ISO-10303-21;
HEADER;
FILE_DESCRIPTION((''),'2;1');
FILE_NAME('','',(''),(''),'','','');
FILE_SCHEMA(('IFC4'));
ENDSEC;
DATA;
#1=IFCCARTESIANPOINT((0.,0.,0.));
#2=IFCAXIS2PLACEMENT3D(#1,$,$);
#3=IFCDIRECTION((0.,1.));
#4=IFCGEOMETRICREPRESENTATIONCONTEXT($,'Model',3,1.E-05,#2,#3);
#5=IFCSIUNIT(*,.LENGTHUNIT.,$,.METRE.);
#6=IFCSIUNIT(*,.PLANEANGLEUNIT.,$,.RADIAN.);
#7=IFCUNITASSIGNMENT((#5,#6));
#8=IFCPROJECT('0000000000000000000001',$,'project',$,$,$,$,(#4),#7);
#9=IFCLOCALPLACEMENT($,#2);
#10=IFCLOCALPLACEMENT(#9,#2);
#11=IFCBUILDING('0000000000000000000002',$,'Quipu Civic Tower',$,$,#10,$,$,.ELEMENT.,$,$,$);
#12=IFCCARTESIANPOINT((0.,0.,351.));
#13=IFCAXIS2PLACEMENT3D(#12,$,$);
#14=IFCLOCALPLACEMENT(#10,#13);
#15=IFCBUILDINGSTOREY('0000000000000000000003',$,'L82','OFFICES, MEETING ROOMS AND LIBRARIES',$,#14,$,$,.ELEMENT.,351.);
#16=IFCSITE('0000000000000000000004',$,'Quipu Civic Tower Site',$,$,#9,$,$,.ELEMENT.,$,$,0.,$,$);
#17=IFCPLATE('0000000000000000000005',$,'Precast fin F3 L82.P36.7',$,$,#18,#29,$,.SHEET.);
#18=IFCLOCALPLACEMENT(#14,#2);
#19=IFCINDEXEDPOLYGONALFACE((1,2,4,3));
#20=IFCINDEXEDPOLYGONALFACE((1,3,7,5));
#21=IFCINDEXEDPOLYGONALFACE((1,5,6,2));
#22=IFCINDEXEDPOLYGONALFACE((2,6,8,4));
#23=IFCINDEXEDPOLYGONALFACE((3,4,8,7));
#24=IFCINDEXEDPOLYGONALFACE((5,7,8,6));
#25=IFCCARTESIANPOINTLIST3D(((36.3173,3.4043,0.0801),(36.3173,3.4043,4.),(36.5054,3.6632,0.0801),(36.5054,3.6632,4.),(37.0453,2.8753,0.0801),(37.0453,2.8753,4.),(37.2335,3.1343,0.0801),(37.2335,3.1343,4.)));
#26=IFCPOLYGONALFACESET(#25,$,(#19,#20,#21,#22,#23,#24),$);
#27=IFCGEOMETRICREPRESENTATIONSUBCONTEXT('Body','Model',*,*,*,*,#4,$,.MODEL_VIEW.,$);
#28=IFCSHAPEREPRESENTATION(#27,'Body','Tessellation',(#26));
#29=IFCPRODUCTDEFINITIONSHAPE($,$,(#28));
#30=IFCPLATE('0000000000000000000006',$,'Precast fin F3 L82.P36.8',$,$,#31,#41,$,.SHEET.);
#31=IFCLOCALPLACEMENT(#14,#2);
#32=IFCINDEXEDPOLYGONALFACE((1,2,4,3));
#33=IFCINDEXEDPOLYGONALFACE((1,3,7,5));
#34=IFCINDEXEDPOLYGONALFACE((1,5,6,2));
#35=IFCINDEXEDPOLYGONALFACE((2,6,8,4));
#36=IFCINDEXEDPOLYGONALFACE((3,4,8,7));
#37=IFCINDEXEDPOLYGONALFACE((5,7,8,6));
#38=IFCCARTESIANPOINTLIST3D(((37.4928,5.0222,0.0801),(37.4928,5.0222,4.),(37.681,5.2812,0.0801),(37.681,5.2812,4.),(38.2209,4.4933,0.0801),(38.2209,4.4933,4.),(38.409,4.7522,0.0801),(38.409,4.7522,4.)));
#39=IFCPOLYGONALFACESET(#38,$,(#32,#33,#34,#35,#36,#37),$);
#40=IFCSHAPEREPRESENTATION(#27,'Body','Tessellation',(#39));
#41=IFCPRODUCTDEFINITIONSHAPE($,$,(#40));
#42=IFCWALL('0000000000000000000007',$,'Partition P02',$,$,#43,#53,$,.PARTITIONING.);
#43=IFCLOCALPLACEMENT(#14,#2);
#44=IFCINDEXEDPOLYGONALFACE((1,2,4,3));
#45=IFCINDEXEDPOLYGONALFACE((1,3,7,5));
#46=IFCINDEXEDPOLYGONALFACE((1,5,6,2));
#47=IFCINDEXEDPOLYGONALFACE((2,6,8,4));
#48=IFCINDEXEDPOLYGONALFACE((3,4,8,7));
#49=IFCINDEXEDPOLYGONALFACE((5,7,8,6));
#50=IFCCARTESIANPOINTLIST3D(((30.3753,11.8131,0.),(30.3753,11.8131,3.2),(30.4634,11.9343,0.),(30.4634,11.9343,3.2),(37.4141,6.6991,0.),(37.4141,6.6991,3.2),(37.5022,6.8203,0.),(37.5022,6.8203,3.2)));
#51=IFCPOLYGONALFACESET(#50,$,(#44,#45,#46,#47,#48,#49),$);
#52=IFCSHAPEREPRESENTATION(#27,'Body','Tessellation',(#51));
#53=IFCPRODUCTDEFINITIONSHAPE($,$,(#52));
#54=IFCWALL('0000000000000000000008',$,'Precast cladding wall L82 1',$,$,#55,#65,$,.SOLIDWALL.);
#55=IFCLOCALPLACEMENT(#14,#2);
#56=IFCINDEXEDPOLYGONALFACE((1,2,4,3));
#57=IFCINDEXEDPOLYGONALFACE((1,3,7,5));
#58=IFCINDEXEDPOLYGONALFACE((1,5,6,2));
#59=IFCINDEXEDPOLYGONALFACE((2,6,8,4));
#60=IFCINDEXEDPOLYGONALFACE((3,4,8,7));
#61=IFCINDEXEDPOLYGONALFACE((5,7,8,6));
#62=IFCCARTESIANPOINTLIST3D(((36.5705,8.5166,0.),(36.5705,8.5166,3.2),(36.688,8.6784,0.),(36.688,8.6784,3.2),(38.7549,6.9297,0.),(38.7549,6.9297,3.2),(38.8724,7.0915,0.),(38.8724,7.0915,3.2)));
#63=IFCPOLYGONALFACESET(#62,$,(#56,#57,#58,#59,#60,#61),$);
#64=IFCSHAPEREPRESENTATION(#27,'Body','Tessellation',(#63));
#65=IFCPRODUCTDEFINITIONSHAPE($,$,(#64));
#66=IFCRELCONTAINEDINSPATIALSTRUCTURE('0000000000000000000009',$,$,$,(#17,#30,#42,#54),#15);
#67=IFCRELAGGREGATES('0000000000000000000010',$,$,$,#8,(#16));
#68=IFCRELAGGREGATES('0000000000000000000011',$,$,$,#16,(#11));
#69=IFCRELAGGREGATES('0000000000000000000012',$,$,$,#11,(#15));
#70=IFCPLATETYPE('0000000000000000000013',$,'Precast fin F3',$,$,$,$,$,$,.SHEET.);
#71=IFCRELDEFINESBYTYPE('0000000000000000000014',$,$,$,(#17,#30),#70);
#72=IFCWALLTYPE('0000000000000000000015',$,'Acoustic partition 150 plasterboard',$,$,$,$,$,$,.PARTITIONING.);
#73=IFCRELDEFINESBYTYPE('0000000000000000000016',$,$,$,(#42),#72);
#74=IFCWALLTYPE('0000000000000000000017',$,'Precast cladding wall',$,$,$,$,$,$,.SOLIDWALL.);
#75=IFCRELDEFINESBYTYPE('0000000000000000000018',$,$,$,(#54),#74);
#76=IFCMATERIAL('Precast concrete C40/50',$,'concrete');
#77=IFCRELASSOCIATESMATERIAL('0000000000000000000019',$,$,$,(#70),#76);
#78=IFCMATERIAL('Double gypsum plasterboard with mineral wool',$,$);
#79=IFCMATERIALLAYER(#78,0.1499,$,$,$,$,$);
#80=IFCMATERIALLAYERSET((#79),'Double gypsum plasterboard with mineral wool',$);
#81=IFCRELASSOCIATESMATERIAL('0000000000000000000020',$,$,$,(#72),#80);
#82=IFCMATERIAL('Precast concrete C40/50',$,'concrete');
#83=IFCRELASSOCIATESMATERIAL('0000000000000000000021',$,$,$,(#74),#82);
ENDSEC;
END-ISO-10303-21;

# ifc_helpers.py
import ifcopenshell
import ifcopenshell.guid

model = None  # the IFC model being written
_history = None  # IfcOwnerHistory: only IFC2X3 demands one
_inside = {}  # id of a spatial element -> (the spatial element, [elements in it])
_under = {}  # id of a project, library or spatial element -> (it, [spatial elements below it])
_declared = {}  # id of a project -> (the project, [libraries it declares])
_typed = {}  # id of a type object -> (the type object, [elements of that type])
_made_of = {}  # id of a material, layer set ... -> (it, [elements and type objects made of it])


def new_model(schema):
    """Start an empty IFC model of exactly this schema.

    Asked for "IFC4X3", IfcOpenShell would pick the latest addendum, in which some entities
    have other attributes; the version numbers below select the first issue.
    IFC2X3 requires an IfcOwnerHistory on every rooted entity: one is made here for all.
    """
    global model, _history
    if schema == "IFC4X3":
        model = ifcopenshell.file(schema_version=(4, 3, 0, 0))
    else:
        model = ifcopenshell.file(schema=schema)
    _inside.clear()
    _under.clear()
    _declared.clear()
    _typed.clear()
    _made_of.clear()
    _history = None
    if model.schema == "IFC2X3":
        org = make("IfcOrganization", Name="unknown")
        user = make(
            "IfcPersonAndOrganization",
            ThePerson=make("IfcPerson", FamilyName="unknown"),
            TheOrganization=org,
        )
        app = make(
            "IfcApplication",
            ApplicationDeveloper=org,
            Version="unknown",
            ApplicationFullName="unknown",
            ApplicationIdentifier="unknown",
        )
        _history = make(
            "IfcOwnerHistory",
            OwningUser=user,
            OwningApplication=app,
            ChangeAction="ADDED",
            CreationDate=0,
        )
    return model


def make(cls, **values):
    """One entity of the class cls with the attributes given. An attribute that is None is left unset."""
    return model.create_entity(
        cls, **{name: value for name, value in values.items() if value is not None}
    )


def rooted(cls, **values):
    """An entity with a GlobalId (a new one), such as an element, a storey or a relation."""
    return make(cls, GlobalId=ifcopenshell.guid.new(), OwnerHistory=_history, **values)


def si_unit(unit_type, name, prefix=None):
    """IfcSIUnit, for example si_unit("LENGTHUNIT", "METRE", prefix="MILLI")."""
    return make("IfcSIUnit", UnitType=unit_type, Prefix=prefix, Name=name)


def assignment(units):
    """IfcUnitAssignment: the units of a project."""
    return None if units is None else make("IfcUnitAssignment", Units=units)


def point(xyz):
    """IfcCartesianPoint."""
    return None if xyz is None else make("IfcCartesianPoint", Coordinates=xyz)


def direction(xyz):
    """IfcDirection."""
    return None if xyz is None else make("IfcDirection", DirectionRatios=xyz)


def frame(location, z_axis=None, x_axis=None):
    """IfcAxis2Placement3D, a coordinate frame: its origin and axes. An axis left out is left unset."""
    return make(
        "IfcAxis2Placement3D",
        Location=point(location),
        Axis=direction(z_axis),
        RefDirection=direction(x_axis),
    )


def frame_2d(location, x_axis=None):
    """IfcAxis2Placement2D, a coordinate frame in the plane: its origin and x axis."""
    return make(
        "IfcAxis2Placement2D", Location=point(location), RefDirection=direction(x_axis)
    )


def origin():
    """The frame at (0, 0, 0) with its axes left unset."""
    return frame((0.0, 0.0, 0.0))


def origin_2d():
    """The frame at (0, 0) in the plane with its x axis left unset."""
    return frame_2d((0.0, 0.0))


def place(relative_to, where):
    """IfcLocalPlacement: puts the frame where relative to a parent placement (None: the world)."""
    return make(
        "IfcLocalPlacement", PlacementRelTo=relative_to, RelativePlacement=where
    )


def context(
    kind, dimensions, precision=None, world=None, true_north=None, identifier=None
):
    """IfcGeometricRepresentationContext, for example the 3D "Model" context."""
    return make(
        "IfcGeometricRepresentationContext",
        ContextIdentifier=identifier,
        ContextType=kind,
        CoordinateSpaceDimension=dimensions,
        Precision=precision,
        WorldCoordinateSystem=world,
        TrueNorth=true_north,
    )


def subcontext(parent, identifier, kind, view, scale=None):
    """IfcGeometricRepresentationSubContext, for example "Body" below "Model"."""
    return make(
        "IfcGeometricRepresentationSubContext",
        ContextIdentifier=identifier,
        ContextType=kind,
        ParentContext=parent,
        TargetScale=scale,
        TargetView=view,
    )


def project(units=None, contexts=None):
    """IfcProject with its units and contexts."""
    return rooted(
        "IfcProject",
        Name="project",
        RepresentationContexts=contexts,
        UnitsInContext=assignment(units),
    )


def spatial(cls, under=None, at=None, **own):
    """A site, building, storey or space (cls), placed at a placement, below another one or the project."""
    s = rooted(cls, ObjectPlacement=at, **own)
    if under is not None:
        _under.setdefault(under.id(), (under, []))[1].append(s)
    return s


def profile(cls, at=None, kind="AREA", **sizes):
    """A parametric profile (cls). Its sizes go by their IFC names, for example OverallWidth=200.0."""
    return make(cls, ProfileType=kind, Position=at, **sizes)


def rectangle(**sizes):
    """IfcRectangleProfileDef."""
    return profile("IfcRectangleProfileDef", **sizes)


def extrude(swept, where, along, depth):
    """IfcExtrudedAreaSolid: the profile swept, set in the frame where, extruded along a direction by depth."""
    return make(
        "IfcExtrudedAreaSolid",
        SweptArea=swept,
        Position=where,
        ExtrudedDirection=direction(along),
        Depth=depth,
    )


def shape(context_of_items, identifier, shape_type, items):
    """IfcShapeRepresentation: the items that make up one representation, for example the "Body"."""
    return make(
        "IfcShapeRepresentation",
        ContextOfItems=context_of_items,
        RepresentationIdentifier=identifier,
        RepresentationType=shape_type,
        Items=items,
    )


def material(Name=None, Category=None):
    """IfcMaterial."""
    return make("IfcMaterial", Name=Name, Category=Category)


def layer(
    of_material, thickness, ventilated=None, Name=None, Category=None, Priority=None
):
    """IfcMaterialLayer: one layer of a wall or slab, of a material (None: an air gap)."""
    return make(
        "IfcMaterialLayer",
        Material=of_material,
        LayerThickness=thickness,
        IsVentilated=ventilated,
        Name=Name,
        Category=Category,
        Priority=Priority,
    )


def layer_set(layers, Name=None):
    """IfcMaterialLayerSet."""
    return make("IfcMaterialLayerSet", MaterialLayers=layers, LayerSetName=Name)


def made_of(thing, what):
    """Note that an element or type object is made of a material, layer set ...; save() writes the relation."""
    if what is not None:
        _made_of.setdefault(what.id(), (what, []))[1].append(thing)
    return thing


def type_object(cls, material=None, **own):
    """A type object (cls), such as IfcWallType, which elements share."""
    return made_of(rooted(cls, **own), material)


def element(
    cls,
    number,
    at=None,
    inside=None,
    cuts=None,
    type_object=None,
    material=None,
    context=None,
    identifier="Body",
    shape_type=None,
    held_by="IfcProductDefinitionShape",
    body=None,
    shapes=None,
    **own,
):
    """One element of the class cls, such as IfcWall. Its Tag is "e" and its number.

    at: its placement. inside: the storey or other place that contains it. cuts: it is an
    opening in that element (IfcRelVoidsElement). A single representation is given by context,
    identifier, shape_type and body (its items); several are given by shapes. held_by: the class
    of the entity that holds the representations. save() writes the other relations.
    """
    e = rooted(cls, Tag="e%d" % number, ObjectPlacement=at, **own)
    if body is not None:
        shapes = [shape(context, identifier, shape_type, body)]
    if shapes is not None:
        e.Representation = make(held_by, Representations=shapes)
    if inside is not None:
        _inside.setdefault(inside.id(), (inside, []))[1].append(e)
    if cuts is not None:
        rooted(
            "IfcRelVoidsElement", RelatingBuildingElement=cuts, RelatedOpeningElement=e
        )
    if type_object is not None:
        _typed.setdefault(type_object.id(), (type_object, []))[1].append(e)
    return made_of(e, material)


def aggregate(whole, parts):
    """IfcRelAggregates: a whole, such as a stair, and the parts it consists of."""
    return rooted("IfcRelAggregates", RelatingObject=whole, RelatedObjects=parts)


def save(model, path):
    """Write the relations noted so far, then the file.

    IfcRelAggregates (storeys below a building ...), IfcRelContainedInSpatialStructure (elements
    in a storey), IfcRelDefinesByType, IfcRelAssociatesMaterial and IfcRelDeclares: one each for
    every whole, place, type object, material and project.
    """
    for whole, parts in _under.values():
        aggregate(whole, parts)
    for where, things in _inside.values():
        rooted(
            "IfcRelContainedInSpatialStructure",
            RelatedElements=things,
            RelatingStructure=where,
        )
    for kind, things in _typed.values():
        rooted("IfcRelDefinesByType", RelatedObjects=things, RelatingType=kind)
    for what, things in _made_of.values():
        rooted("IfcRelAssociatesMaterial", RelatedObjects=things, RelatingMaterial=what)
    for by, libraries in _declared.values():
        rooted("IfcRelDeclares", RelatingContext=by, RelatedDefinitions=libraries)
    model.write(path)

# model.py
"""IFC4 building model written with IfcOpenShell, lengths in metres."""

from ifc_helpers import new_model, si_unit, direction, frame, frame_2d, origin, origin_2d, place, context, subcontext, project, spatial, rectangle, extrude, material, layer, layer_set, type_object, element, save


model = new_model("IFC4")

# Units and contexts
model_context = context("Model", 3, precision=1e-05, world=origin(), true_north=direction((0.0, 1.0)))
body_context = subcontext(model_context, "Body", "Model", "MODEL_VIEW")
ifc_project = project(units=[si_unit("LENGTHUNIT", "METRE"), si_unit("PLANEANGLEUNIT", "RADIAN")], contexts=[model_context])

# Site, building, storey
site_placement = place(None, origin())
site = spatial("IfcSite", under=ifc_project, at=site_placement, Name="Quipu Civic Tower Site", CompositionType="ELEMENT", RefElevation=0.0)
building_placement = place(site_placement, origin())
building = spatial("IfcBuilding", under=site, at=building_placement, Name="Quipu Civic Tower", CompositionType="ELEMENT")
storey_placement = place(building_placement, frame((0.0, 0.0, 351.0)))
storey = spatial("IfcBuildingStorey", under=building, at=storey_placement, Name="L82", Description="OFFICES, MEETING ROOMS AND LIBRARIES", CompositionType="ELEMENT", Elevation=351.0)

# Plates
ifc_material_1 = material(Name="Precast concrete C40/50", Category="concrete")
plate_type_1 = type_object("IfcPlateType", Name="Precast fin F3", PredefinedType="SHEET", material=ifc_material_1)
for number, where, z_axis, x_axis, name in (
    (1, (36.7754, 3.2693, 0.0801), (0.0, 0.0, 1.0), (0.587787, 0.809016, 0.0), "Precast fin F3 L82.P36.7"),
    (2, (37.9509, 4.8872, 0.0801), (0.0, 0.0, 1.0), (0.587787, 0.809016, 0.0), "Precast fin F3 L82.P36.8"),
):
    element("IfcPlate", number, at=place(storey_placement, frame(where, z_axis=z_axis, x_axis=x_axis)), inside=storey, type_object=plate_type_1, Name=name, PredefinedType="SHEET", context=body_context, shape_type="SweptSolid", body=[
        extrude(rectangle(XDim=0.3201, YDim=0.8999, at=origin_2d()), origin(), (0.0, 0.0, 1.0), 3.9199),
    ])

# Walls
ifc_material_2 = material(Name="Double gypsum plasterboard with mineral wool")
ifc_layer_1 = layer(ifc_material_2, 0.1499)
ifc_layer_set_1 = layer_set([ifc_layer_1], Name="Double gypsum plasterboard with mineral wool")
wall_type_1 = type_object("IfcWallType", Name="Acoustic partition 150 plasterboard", PredefinedType="PARTITIONING", material=ifc_layer_set_1)
wall_1_placement = place(storey_placement, frame((37.458, 6.7598, 0.0), z_axis=(0.0, 0.0, 1.0), x_axis=(-0.809016, 0.587786, 0.0)))
element("IfcWall", 3, at=wall_1_placement, inside=storey, type_object=wall_type_1, Name="Partition P02", PredefinedType="PARTITIONING", context=body_context, shape_type="SweptSolid", body=[
    extrude(rectangle(XDim=8.7004, YDim=0.1499, at=frame_2d((4.3501, 0.0))), origin(), (0.0, 0.0, 1.0), 3.2),
])
ifc_material_3 = material(Name="Precast concrete C40/50", Category="concrete")
wall_type_2 = type_object("IfcWallType", Name="Precast cladding wall", PredefinedType="SOLIDWALL", material=ifc_material_3)
wall_2_placement = place(storey_placement, frame((38.8137, 7.0105, 0.0), z_axis=(0.0, 0.0, 1.0), x_axis=(-0.809033, 0.587763, 0.0)))
element("IfcWall", 4, at=wall_2_placement, inside=storey, type_object=wall_type_2, Name="Precast cladding wall L82 1", PredefinedType="SOLIDWALL", context=body_context, shape_type="SweptSolid", body=[
    extrude(rectangle(XDim=2.7, YDim=0.2, at=frame_2d((1.3501, 0.0))), origin(), (0.0, 0.0, 1.0), 3.2),
])

save(model, "model.ifc")
